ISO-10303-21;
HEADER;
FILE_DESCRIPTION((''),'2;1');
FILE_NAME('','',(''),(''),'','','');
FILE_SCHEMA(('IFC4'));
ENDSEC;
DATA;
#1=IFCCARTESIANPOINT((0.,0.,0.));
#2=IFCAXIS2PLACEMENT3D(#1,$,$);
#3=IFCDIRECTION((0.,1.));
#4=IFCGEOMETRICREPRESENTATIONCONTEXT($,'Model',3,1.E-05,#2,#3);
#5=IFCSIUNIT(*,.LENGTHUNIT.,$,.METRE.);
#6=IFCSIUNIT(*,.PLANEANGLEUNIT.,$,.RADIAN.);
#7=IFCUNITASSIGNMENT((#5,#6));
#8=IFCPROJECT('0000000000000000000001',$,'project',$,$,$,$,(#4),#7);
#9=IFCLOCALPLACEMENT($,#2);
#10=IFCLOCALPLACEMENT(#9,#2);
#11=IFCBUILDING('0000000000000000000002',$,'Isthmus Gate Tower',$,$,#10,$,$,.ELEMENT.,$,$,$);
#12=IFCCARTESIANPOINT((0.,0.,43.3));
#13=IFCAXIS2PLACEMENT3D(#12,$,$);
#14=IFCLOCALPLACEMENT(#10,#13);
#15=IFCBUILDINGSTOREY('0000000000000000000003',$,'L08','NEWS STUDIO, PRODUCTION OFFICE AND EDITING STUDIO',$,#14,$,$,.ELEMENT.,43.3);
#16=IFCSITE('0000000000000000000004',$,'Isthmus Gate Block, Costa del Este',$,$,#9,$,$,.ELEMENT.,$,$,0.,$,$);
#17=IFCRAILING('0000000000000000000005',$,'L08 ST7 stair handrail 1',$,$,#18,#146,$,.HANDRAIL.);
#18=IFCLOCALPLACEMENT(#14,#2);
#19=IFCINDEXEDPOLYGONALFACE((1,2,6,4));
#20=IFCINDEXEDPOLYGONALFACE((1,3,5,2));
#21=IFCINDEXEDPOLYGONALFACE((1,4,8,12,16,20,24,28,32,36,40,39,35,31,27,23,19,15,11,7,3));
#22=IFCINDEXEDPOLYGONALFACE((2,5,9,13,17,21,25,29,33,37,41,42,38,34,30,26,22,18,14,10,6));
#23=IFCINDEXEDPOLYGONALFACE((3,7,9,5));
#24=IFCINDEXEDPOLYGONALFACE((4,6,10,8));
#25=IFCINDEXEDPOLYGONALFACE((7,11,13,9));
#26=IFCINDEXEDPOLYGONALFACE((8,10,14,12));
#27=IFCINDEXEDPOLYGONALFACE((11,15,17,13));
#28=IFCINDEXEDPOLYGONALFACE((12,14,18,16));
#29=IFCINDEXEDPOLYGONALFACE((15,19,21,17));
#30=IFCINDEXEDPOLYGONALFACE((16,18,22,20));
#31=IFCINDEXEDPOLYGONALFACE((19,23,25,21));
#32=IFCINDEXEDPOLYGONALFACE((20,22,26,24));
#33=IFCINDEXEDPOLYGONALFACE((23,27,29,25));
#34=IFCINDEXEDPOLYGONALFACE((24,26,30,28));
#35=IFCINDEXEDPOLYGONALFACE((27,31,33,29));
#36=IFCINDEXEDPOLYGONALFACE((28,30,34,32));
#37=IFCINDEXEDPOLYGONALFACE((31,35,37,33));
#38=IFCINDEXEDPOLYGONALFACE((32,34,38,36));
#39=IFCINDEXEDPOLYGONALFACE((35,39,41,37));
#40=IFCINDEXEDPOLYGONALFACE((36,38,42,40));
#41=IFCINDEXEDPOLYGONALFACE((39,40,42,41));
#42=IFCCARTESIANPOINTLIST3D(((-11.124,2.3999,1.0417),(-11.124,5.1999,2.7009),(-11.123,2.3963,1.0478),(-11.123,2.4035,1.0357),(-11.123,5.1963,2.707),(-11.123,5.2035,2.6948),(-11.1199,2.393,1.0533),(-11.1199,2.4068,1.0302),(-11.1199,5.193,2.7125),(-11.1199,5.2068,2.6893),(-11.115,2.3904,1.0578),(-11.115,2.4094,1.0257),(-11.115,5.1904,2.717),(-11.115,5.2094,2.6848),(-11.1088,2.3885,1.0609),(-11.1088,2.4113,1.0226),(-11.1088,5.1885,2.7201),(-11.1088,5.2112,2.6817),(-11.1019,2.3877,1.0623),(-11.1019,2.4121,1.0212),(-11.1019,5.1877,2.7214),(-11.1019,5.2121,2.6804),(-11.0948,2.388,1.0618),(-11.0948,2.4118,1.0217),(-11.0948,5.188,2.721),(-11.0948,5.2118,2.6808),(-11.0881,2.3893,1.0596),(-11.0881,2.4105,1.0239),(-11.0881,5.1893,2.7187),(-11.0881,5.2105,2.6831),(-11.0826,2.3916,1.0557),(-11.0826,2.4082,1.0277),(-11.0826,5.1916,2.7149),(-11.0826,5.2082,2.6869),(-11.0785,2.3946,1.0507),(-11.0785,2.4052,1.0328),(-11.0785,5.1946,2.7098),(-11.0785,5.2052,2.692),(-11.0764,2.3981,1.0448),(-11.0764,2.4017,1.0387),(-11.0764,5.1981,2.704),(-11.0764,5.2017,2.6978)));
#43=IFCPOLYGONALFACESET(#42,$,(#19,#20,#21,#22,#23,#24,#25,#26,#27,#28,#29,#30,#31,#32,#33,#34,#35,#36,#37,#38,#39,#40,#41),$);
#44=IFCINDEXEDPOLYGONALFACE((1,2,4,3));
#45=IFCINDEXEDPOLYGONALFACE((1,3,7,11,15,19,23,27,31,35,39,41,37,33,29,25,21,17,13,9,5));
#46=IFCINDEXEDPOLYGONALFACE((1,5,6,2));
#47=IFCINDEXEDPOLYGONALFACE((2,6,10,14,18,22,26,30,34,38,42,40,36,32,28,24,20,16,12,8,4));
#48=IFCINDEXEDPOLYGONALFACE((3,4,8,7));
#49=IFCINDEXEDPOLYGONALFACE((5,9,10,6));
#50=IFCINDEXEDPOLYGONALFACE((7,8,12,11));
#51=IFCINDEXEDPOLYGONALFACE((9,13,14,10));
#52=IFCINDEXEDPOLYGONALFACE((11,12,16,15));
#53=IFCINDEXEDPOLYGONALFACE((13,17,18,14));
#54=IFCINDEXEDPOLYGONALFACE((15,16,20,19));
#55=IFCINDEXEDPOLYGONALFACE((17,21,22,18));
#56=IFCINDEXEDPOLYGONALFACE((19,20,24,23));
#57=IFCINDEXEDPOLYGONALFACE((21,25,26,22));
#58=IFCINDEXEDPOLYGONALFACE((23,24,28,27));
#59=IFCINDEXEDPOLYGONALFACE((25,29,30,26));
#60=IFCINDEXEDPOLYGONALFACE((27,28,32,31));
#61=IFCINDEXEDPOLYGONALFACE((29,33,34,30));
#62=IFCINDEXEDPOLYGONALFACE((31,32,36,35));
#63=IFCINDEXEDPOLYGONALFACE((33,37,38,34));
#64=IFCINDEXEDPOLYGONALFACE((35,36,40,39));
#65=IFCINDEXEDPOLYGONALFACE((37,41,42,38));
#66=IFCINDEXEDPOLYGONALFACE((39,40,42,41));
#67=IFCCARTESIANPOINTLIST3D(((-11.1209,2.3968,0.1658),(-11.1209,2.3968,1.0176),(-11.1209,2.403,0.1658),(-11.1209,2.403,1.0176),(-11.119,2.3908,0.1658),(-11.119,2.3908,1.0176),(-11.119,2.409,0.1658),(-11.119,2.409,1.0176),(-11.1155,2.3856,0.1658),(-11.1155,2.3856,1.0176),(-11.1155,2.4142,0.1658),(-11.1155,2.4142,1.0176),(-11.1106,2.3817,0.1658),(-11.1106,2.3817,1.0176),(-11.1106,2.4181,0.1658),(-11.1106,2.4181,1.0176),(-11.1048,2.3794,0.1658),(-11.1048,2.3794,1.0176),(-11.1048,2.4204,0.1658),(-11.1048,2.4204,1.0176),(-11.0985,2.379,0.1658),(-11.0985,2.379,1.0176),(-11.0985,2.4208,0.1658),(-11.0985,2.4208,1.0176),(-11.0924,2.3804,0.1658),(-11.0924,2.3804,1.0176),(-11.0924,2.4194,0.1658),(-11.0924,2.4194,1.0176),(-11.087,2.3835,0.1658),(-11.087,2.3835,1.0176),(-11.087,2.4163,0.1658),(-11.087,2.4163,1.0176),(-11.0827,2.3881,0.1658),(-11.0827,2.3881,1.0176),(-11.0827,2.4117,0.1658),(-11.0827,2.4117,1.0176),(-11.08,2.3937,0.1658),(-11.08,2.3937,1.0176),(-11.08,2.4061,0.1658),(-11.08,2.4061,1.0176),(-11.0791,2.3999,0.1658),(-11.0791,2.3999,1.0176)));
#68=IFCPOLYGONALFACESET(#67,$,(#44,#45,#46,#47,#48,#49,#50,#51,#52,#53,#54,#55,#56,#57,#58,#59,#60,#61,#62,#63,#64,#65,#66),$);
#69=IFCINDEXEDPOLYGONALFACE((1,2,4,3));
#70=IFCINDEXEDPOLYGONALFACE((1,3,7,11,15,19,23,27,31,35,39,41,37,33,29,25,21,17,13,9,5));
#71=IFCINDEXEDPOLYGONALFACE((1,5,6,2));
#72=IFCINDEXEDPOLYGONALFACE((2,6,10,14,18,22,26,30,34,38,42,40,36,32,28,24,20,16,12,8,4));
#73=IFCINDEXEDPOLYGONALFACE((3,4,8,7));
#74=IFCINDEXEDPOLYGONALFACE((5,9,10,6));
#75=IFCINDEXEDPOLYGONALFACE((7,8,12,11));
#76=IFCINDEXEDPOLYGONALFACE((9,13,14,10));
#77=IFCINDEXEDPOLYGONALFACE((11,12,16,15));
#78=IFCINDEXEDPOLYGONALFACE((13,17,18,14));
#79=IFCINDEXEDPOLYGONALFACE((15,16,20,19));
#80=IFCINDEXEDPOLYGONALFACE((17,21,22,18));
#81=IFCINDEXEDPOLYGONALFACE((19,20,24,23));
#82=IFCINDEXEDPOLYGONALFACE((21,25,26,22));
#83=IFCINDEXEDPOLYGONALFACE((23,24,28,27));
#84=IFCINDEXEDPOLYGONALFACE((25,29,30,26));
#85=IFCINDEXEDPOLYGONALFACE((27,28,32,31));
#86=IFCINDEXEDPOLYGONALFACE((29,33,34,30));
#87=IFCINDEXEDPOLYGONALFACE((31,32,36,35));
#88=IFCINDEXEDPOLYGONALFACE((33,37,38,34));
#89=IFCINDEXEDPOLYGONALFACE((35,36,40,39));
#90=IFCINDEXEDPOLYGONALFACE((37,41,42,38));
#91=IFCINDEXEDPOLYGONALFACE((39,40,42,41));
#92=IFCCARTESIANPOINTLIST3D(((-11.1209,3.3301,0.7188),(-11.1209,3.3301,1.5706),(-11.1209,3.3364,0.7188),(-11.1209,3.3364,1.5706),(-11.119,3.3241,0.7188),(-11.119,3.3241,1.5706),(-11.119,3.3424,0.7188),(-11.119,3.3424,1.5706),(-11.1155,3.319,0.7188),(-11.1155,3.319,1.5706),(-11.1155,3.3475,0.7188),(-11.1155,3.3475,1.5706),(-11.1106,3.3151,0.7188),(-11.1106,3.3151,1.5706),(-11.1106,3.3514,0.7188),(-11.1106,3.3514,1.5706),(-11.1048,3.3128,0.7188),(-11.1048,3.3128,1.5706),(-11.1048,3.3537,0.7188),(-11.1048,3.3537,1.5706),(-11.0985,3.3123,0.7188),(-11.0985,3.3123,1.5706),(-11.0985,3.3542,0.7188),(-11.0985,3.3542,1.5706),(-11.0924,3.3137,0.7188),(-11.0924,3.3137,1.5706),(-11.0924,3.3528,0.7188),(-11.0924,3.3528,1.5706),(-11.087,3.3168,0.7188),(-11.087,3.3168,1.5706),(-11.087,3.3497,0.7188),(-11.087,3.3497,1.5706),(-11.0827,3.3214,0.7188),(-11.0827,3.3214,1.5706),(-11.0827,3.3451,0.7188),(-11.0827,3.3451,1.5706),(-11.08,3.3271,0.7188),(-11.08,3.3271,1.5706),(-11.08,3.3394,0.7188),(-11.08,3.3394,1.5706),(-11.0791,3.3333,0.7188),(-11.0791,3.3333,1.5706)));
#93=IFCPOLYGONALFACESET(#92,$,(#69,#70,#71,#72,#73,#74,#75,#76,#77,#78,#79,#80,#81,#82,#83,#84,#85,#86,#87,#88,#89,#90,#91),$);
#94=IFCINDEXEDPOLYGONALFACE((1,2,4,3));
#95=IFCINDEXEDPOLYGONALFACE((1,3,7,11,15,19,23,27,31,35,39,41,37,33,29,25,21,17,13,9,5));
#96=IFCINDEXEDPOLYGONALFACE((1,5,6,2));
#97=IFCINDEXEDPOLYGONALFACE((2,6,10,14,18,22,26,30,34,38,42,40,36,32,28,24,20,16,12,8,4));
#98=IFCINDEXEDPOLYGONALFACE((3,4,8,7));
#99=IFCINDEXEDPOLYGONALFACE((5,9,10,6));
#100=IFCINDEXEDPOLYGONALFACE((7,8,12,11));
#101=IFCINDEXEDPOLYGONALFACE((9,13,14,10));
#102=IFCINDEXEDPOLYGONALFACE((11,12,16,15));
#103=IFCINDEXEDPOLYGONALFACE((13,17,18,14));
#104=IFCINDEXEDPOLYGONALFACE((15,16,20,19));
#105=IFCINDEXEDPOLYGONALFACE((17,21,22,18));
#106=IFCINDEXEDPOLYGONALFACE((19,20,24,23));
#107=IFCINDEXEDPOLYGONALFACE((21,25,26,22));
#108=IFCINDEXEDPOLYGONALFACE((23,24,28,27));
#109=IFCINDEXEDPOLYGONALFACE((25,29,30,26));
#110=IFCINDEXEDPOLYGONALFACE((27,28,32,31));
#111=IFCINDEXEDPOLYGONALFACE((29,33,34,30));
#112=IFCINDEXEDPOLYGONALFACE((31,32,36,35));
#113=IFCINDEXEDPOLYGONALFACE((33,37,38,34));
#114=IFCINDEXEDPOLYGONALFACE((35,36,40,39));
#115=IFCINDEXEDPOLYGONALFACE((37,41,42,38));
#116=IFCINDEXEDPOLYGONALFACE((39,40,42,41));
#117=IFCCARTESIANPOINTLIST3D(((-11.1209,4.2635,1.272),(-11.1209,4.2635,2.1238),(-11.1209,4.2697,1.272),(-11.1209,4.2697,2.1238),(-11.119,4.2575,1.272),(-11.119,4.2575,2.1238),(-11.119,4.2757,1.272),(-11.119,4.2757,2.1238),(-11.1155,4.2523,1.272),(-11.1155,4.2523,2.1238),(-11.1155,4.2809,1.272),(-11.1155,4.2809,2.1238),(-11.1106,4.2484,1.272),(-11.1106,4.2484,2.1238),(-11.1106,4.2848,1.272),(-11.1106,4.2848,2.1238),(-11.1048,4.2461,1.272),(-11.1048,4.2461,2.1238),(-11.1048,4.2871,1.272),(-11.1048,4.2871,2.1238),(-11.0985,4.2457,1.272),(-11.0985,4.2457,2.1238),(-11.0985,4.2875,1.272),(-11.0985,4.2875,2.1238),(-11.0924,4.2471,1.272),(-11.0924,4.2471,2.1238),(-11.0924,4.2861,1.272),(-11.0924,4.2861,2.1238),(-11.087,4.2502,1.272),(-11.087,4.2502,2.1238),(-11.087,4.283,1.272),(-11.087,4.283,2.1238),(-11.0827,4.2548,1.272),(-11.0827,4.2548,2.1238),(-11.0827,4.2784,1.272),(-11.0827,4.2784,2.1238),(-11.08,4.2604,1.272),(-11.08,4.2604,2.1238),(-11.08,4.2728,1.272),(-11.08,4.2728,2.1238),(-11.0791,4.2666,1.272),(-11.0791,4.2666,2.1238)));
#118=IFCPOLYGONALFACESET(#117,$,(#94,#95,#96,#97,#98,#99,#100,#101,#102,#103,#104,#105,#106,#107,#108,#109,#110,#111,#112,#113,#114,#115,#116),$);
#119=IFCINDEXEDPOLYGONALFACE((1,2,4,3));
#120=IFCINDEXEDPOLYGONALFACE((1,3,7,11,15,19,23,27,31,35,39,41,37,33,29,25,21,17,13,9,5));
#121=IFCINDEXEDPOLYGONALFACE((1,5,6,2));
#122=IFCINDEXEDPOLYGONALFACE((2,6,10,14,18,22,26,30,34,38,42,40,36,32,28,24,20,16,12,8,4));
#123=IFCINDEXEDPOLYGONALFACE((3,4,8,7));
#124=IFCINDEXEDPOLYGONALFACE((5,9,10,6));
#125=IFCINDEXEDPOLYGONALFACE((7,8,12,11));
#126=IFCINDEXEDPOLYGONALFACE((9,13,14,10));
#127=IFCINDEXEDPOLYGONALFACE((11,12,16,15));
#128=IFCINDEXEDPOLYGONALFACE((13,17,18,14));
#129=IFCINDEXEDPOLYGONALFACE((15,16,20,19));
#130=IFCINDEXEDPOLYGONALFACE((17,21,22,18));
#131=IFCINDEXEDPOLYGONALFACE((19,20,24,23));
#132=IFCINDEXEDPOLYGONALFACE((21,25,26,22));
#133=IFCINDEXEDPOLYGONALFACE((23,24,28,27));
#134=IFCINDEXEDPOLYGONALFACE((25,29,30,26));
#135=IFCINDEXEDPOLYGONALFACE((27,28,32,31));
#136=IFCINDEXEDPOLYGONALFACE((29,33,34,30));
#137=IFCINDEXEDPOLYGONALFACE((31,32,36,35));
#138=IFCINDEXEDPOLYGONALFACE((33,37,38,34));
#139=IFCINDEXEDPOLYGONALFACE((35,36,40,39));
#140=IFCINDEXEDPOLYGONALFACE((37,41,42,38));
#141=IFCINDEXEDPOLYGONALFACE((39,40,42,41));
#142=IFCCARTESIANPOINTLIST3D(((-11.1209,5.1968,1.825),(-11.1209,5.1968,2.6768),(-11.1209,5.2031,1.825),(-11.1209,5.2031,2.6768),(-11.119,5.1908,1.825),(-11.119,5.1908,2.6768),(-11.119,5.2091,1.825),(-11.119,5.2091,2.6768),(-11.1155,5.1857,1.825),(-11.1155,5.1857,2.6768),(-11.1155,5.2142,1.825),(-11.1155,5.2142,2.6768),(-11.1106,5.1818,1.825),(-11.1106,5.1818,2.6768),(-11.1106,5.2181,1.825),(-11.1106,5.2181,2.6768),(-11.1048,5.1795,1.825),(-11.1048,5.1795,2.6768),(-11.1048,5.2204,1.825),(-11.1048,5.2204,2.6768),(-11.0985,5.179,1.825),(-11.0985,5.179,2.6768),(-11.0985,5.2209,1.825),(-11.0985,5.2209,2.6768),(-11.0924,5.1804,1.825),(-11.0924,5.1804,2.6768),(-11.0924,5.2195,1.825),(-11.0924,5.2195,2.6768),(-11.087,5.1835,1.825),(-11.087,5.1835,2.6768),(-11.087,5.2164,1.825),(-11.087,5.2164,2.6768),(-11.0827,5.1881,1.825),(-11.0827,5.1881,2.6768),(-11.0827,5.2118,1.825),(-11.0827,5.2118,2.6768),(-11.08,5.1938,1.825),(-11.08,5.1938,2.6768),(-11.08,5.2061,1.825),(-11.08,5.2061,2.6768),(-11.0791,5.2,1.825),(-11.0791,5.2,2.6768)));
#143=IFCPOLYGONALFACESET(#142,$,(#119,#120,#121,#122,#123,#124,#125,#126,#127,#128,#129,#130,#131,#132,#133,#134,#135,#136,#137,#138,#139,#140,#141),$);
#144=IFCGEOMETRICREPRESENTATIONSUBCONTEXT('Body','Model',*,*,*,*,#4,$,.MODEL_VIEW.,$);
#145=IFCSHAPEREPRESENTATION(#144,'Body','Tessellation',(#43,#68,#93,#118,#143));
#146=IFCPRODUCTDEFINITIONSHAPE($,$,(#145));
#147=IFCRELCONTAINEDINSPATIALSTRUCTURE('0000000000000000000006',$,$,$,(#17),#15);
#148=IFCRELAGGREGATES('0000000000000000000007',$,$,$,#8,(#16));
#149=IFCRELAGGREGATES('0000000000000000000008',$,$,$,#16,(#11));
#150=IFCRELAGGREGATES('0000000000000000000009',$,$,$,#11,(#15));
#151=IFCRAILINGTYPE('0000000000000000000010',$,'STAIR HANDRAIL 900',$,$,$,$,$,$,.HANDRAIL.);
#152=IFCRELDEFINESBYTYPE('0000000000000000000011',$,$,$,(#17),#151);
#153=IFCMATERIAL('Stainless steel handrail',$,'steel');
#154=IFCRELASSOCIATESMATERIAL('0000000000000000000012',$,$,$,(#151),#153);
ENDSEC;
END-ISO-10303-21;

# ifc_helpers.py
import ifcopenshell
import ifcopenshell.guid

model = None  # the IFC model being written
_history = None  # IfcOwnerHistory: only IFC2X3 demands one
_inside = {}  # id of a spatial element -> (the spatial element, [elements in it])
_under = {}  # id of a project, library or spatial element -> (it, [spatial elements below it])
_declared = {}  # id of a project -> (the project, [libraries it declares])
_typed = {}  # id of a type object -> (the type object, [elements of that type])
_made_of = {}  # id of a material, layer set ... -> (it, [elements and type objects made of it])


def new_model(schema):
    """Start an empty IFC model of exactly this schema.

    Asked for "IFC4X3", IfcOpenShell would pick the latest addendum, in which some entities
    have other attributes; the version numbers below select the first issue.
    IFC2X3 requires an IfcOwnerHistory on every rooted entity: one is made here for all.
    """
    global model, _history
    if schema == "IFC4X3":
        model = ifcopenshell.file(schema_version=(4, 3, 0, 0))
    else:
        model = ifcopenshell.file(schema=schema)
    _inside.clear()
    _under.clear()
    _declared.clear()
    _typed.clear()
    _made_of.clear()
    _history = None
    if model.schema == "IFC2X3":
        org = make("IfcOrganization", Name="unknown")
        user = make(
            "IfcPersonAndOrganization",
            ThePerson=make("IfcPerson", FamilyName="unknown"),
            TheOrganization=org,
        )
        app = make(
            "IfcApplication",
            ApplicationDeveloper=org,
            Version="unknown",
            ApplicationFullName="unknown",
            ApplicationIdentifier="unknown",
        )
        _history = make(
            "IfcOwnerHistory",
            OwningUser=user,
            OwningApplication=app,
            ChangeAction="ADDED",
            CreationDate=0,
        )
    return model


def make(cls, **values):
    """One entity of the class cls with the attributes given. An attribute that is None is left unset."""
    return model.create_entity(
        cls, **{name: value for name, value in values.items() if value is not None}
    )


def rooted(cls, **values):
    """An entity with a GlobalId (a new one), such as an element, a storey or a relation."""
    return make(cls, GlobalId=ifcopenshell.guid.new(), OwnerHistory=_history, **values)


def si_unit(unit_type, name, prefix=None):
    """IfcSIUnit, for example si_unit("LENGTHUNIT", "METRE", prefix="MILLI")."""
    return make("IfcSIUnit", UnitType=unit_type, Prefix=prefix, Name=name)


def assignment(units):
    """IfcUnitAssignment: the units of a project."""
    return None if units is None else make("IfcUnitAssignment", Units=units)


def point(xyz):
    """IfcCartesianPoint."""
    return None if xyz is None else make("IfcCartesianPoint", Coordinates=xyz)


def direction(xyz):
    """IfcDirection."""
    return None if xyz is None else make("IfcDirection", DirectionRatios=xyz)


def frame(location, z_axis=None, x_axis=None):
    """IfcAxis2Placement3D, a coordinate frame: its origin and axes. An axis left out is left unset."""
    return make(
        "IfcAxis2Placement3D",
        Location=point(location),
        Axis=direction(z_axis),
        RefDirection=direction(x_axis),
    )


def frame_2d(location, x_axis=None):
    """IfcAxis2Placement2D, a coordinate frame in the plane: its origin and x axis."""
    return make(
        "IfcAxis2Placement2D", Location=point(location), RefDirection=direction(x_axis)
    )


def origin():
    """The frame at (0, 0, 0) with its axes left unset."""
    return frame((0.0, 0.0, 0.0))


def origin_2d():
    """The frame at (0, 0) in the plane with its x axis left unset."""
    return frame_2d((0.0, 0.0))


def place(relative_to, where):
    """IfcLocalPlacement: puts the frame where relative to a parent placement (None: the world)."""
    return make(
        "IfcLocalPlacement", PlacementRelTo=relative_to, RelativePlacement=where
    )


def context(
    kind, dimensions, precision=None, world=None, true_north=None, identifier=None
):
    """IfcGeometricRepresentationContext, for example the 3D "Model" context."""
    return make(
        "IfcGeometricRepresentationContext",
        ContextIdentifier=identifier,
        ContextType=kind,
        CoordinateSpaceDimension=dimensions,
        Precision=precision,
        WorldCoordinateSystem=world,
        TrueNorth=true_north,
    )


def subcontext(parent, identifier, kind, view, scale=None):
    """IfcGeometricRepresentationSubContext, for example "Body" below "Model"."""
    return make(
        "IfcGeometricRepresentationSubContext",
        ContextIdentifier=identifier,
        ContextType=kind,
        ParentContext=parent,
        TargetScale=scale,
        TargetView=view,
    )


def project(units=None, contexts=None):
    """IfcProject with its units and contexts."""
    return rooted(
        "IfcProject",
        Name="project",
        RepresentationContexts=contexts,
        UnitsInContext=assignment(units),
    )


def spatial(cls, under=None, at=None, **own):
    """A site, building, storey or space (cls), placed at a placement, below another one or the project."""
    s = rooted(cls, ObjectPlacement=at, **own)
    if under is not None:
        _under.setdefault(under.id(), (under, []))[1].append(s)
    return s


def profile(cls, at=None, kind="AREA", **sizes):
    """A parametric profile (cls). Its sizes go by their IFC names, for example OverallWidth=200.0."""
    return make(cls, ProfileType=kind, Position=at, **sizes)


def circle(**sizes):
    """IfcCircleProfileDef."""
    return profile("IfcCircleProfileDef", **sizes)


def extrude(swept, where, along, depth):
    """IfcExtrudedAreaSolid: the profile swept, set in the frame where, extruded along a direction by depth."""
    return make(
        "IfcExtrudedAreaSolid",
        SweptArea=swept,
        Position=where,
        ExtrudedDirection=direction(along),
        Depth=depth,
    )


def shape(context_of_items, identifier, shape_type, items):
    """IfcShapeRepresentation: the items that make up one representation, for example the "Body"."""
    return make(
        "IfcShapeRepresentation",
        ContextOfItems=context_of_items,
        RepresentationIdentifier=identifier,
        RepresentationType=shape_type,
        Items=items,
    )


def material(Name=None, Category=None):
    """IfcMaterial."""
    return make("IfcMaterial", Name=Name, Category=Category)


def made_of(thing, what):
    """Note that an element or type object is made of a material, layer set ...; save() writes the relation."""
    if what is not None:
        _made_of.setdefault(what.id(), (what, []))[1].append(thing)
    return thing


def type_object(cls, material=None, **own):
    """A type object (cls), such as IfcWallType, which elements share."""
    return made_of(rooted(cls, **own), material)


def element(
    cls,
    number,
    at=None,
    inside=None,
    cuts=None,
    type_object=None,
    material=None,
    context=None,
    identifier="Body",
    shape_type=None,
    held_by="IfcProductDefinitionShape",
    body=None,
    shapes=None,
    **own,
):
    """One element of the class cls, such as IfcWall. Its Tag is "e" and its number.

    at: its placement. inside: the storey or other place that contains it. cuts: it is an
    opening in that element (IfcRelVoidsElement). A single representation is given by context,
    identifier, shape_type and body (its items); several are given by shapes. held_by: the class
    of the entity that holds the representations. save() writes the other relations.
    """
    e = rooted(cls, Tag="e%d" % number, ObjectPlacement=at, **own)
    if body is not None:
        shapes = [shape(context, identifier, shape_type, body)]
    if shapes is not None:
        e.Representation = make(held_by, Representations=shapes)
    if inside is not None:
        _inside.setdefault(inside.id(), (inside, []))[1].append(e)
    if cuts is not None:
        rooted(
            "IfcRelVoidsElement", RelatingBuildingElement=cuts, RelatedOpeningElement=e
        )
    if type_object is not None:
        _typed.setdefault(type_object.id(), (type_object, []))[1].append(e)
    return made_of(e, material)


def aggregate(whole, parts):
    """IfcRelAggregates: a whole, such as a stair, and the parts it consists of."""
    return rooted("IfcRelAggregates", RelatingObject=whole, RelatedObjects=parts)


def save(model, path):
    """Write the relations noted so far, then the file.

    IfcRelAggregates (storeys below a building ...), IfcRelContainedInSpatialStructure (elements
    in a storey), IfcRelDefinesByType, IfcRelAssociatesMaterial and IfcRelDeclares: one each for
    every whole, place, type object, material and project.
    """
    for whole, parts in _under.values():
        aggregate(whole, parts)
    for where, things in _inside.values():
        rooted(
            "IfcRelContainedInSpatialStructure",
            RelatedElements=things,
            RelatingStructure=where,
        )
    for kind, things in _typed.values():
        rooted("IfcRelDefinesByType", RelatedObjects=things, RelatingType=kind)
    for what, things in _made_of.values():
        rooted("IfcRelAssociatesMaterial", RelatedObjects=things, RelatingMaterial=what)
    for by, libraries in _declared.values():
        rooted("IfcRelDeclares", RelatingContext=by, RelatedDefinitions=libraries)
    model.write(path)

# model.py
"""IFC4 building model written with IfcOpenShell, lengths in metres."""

from ifc_helpers import new_model, si_unit, direction, frame, origin, origin_2d, place, context, subcontext, project, spatial, circle, extrude, material, type_object, element, save


model = new_model("IFC4")

# Units and contexts
model_context = context("Model", 3, precision=1e-05, world=origin(), true_north=direction((0.0, 1.0)))
body_context = subcontext(model_context, "Body", "Model", "MODEL_VIEW")
ifc_project = project(units=[si_unit("LENGTHUNIT", "METRE"), si_unit("PLANEANGLEUNIT", "RADIAN")], contexts=[model_context])

# Site, building, storey
site_placement = place(None, origin())
site = spatial("IfcSite", under=ifc_project, at=site_placement, Name="Isthmus Gate Block, Costa del Este", CompositionType="ELEMENT", RefElevation=0.0)
building_placement = place(site_placement, origin())
building = spatial("IfcBuilding", under=site, at=building_placement, Name="Isthmus Gate Tower", CompositionType="ELEMENT")
storey_placement = place(building_placement, frame((0.0, 0.0, 43.3)))
storey = spatial("IfcBuildingStorey", under=building, at=storey_placement, Name="L08", Description="NEWS STUDIO, PRODUCTION OFFICE AND EDITING STUDIO", CompositionType="ELEMENT", Elevation=43.3)

# Railing
ifc_material_1 = material(Name="Stainless steel handrail", Category="steel")
railing_type_1 = type_object("IfcRailingType", Name="STAIR HANDRAIL 900", PredefinedType="HANDRAIL", material=ifc_material_1)
railing_1_placement = place(storey_placement, frame((-11.1001, 2.3999, 0.1658)))
element("IfcRailing", 1, at=railing_1_placement, inside=storey, type_object=railing_type_1, Name="L08 ST7 stair handrail 1", PredefinedType="HANDRAIL", context=body_context, shape_type="SweptSolid", body=[
    extrude(circle(Radius=0.0239, at=origin_2d()), frame((0.0, 0.0, 0.876), z_axis=(0.0, 0.860306, 0.509778), x_axis=(-1.0, 0.0, 0.0)), (0.0, 0.0, 1.0), 3.2546),
    extrude(circle(Radius=0.021, at=origin_2d()), origin(), (0.0, 0.0, 1.0), 0.8518),
    extrude(circle(Radius=0.021, at=origin_2d()), frame((0.0, 0.9333, 0.553)), (0.0, 0.0, 1.0), 0.8518),
    extrude(circle(Radius=0.021, at=origin_2d()), frame((0.0, 1.8667, 1.1062)), (0.0, 0.0, 1.0), 0.8518),
    extrude(circle(Radius=0.021, at=origin_2d()), frame((0.0, 2.8, 1.6592)), (0.0, 0.0, 1.0), 0.8518),
])

save(model, "model.ifc")
